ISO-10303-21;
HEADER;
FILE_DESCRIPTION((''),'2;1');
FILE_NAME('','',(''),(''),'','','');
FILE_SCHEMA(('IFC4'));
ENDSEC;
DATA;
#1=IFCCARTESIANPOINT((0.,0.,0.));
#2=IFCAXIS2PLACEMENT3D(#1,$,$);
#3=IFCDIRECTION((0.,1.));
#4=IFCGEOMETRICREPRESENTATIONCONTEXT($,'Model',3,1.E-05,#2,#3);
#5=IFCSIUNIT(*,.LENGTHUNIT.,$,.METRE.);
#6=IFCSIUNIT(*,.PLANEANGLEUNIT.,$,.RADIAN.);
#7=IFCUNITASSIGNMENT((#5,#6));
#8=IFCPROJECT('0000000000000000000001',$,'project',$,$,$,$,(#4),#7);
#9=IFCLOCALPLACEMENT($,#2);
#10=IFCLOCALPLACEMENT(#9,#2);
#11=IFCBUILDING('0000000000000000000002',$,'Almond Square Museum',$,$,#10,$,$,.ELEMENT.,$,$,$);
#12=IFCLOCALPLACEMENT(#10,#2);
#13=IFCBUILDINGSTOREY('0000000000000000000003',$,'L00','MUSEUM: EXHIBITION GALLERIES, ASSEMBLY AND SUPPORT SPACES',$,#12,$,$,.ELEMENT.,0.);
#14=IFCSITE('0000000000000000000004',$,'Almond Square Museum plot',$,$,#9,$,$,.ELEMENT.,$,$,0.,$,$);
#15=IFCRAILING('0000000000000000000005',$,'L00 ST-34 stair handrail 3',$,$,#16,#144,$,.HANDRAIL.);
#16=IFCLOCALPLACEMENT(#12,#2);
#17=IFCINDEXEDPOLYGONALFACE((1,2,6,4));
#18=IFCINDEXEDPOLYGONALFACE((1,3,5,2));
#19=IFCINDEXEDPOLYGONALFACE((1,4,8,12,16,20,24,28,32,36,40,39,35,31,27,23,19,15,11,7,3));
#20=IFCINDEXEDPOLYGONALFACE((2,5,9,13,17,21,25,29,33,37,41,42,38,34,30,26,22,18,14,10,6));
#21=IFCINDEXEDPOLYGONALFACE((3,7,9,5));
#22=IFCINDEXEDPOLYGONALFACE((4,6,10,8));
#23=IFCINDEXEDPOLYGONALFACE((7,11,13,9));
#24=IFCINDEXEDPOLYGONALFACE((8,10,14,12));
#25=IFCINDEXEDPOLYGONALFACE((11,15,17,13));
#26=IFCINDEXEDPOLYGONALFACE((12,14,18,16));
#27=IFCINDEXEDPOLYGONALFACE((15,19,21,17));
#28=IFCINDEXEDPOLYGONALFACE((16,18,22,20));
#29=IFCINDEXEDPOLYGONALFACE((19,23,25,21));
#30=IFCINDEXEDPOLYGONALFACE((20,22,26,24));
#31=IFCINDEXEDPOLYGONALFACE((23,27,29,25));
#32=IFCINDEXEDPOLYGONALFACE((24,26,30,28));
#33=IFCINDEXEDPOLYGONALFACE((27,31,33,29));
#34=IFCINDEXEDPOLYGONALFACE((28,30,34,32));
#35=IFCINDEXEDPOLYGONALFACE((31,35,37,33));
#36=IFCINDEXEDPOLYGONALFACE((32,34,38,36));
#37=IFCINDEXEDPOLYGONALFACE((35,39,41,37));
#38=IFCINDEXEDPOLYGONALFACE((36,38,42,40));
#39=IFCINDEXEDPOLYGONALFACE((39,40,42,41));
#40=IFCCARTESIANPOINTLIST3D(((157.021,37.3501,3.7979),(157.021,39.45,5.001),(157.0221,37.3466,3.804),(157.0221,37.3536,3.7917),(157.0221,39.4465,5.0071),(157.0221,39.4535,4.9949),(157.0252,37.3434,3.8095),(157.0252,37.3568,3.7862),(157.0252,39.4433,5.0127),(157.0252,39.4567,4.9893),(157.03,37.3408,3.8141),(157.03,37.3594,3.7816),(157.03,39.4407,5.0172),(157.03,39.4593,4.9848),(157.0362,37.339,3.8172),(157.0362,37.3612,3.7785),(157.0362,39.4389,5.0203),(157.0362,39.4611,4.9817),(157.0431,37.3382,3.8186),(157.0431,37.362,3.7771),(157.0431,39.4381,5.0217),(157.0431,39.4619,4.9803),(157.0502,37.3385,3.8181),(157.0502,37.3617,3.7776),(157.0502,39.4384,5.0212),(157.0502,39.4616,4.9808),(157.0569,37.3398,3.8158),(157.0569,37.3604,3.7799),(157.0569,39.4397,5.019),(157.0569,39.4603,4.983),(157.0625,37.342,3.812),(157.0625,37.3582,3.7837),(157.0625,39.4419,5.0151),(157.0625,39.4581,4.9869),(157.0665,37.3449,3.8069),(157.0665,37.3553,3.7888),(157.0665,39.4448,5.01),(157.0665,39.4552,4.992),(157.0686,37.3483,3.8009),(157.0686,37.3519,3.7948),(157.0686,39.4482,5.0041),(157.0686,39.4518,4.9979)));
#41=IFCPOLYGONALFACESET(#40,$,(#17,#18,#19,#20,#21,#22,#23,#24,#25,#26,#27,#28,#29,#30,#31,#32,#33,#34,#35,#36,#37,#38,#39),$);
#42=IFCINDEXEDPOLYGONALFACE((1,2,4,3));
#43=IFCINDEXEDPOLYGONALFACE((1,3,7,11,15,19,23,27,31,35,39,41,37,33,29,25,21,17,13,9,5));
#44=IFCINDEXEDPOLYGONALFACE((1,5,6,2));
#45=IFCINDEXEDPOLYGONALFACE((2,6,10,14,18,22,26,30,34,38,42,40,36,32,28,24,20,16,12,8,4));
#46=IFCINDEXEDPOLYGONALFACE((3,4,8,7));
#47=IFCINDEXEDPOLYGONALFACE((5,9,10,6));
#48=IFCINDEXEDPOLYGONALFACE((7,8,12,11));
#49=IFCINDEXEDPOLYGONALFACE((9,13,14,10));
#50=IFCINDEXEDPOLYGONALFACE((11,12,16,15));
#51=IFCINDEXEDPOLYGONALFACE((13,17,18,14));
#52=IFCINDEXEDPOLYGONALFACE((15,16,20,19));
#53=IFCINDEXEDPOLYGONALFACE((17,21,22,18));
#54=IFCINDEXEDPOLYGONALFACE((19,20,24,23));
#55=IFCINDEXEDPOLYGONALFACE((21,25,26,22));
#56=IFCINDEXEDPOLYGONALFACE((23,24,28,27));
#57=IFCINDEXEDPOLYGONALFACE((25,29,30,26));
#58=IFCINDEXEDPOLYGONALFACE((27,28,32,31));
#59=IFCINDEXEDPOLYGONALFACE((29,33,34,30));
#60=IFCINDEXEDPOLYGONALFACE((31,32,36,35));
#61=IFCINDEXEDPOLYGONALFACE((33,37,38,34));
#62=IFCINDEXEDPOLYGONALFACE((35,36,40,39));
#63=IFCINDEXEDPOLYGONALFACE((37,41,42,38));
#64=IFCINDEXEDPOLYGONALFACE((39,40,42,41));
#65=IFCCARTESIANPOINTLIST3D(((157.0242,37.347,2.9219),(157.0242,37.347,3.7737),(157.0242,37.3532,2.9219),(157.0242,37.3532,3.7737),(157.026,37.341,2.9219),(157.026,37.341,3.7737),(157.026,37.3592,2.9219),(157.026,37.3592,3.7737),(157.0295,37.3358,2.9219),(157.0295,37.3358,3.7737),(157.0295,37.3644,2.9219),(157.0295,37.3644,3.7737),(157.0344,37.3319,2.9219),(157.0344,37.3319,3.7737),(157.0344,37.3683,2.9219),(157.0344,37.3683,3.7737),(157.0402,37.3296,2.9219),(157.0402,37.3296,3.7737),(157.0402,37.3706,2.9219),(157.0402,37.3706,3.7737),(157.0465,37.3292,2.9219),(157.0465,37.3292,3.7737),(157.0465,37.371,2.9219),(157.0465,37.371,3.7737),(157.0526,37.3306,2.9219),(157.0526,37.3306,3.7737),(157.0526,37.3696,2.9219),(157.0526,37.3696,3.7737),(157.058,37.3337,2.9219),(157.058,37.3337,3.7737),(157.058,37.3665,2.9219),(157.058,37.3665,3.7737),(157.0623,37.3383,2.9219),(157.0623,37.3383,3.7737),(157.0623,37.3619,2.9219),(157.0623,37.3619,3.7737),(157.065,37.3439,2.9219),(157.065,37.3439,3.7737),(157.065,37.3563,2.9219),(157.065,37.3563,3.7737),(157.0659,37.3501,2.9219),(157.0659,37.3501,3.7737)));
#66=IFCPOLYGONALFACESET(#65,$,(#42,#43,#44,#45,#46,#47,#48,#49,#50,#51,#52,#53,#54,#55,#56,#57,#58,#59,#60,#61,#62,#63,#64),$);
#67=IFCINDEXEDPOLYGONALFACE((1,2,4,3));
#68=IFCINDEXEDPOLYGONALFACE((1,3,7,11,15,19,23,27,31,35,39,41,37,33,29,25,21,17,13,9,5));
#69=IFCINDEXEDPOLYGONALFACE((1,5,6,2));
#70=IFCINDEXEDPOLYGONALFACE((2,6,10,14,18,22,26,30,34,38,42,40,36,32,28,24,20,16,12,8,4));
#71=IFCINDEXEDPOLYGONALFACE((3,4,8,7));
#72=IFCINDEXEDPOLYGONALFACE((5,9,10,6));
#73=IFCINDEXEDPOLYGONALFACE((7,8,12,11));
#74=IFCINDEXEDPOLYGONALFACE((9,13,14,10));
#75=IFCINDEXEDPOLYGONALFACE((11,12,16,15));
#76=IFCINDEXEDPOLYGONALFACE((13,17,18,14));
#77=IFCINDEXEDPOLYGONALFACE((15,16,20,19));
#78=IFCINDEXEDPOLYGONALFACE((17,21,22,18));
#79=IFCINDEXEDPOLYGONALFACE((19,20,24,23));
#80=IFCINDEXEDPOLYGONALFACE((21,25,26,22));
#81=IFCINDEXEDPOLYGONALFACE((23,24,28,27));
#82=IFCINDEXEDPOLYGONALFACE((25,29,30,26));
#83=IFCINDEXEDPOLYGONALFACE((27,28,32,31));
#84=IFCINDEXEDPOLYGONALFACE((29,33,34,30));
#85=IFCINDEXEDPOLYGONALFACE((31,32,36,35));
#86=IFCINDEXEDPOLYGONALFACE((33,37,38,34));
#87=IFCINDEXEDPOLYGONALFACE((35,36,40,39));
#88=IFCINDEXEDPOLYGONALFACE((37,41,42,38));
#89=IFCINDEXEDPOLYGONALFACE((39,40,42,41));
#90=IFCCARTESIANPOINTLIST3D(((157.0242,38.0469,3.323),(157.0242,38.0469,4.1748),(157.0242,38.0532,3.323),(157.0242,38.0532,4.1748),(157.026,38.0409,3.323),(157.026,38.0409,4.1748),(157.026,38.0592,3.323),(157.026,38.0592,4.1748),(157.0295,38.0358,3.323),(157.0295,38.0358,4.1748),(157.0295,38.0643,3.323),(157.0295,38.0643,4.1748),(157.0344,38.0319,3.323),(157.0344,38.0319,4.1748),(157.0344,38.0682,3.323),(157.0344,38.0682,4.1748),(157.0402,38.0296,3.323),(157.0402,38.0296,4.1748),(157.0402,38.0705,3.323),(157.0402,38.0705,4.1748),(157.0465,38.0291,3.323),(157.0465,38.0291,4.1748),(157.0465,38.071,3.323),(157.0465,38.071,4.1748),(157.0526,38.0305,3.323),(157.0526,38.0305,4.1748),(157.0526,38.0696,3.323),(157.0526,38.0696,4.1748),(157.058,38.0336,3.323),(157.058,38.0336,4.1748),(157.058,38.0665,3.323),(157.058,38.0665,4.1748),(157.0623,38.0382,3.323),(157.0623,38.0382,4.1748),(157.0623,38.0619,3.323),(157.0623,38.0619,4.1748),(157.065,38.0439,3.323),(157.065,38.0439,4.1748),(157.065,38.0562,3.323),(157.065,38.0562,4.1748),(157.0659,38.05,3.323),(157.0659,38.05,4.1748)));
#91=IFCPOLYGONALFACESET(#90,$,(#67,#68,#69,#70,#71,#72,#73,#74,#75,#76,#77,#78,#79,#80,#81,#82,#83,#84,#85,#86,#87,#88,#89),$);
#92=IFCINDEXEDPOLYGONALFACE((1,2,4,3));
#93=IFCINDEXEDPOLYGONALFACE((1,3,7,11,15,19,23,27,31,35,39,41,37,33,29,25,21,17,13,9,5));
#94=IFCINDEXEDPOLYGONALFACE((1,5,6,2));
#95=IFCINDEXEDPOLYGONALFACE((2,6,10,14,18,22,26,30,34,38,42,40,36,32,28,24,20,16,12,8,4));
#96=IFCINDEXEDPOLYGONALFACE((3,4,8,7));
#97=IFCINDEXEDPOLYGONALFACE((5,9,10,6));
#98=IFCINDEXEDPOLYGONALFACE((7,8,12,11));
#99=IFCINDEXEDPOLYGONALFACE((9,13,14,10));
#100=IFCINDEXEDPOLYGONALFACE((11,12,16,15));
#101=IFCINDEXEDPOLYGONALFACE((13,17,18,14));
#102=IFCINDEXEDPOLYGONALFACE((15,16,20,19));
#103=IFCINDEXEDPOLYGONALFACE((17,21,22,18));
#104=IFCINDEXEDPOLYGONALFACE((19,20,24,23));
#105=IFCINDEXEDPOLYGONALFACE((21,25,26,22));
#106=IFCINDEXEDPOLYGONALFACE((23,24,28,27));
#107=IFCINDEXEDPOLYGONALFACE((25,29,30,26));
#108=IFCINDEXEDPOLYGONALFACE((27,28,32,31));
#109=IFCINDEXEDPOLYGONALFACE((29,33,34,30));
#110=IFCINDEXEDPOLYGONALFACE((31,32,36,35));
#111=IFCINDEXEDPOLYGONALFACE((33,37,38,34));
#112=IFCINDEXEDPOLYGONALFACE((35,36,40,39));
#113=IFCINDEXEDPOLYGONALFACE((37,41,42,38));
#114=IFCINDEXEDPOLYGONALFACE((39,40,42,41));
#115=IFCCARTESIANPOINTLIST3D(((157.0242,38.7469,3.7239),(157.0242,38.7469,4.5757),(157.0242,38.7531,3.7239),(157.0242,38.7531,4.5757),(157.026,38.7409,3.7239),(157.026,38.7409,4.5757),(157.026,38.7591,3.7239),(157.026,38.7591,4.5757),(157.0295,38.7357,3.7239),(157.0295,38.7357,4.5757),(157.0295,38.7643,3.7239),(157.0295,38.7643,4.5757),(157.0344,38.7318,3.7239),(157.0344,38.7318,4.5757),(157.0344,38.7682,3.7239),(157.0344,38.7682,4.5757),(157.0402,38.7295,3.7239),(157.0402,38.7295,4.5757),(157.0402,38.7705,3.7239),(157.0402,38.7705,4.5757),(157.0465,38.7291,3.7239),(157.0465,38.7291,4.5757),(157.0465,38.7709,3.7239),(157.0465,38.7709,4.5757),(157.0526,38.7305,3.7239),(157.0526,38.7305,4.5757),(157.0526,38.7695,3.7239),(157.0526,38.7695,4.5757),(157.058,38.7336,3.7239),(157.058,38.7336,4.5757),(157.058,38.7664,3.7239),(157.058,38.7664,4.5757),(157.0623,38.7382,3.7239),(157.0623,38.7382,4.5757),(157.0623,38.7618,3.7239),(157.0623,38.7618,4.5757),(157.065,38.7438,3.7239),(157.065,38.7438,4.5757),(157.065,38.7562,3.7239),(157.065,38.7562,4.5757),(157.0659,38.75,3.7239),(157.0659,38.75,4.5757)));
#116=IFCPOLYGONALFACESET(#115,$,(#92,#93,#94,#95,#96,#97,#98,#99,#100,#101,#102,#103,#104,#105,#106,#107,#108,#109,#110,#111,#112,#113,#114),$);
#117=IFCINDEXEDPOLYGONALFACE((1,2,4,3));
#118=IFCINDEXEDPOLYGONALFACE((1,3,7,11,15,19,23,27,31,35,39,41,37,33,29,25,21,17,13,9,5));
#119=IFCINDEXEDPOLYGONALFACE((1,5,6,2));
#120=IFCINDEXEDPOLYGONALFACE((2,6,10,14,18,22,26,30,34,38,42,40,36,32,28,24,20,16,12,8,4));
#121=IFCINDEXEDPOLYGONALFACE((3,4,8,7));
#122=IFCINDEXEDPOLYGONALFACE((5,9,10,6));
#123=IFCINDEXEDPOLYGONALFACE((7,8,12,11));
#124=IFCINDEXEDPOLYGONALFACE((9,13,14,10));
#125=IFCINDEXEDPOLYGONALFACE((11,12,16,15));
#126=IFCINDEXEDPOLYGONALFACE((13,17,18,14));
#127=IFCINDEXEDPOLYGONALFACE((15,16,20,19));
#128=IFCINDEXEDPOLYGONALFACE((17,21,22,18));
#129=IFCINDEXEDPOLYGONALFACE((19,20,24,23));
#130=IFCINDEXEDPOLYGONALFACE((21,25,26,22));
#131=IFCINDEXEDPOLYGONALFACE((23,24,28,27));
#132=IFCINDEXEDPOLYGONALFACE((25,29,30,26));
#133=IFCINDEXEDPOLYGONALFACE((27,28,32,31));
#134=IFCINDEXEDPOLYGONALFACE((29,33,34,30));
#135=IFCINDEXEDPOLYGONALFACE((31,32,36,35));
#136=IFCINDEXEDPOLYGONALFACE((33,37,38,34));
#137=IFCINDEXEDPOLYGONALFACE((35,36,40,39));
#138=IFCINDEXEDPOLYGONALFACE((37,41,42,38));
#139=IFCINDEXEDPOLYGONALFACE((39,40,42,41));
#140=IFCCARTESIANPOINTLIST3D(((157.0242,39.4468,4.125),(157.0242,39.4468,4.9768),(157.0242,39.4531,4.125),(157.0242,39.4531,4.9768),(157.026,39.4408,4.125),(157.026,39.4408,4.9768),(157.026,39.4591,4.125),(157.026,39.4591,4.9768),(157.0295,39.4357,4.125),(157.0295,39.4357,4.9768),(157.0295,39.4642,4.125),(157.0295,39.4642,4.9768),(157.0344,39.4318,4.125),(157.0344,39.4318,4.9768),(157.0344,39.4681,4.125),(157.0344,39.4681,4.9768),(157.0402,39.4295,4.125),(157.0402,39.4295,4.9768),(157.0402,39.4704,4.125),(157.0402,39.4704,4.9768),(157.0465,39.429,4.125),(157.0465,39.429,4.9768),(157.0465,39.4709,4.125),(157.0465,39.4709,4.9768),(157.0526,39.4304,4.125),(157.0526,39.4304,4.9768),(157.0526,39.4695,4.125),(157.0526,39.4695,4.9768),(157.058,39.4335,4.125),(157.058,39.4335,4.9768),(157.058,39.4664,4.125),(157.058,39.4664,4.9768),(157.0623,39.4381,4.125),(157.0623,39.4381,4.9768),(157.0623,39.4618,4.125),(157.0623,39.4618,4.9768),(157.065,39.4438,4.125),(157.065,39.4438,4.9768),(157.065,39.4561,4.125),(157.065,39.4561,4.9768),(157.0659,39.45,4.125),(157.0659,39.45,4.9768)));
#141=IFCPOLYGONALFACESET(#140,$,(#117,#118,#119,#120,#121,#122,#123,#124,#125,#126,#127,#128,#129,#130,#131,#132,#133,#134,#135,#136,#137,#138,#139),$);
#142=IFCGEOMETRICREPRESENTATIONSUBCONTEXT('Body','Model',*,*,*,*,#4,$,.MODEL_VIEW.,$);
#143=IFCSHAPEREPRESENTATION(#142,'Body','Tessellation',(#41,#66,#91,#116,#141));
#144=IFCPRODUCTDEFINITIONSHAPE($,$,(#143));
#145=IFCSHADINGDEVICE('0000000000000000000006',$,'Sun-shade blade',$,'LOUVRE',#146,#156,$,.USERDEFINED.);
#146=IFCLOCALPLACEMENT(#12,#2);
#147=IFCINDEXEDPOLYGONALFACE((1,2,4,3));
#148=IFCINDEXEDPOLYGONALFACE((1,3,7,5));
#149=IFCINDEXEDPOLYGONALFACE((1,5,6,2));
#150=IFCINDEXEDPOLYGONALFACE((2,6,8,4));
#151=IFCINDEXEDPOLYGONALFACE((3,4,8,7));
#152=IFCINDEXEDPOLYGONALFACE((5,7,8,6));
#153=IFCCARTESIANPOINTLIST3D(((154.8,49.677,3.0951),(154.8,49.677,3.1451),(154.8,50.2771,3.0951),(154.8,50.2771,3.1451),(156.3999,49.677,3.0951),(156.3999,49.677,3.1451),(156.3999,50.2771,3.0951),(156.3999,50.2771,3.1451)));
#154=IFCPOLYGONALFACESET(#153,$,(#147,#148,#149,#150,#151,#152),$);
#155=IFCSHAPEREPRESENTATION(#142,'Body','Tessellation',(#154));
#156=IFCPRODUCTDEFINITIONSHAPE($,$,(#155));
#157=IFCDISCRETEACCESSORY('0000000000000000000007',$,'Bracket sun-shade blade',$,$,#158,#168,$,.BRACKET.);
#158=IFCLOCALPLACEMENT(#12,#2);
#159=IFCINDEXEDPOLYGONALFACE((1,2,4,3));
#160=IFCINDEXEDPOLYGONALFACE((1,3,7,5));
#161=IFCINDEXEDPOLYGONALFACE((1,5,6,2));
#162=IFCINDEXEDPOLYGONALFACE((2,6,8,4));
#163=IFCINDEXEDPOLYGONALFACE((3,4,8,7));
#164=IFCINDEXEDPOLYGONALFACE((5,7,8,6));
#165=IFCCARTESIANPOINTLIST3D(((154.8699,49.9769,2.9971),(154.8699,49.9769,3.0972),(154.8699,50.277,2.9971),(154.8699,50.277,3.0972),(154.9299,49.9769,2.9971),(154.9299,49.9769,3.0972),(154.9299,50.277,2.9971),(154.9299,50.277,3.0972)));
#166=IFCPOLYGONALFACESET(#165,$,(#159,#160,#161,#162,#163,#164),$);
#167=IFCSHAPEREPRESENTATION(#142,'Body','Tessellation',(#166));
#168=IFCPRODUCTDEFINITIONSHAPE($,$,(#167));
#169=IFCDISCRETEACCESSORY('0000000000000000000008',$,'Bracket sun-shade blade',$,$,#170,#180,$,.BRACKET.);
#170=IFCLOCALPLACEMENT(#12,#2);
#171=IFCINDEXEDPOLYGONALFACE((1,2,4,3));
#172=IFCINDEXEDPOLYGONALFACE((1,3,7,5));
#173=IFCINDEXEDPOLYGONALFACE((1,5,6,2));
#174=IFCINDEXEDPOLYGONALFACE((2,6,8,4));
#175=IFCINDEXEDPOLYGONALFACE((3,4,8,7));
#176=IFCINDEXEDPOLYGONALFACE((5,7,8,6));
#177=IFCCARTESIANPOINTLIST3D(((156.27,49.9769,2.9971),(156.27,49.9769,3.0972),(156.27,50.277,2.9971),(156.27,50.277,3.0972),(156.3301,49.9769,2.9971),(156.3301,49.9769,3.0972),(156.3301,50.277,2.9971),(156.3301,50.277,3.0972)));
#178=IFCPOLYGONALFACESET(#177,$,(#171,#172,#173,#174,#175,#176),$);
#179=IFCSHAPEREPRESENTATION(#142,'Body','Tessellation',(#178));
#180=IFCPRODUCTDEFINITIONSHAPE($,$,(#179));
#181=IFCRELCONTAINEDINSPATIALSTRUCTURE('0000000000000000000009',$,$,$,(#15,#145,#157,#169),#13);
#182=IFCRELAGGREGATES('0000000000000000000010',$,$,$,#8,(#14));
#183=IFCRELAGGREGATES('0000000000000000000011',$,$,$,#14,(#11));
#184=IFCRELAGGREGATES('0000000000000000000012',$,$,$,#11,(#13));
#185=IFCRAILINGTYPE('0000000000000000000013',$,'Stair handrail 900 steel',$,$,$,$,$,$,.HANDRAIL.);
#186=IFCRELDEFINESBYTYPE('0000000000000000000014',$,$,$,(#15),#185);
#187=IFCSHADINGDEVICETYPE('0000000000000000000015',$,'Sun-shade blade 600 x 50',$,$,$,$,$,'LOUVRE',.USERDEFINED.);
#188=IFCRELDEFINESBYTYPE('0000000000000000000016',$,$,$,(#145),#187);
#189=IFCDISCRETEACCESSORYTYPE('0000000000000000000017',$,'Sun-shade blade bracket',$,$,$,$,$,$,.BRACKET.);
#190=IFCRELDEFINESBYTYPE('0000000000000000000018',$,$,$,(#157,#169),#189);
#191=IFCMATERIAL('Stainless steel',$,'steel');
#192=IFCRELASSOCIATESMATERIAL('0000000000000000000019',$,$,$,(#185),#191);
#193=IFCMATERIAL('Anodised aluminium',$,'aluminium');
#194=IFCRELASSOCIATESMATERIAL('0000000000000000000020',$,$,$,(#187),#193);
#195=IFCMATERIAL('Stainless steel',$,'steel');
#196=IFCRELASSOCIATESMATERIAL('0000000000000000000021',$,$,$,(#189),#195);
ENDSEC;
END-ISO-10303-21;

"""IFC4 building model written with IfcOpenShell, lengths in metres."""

from ifc_helpers import new_model, si_unit, direction, frame, origin, origin_2d, place, context, subcontext, project, spatial, rectangle, circle, extrude, material, material_profile, profile_set, type_object, element, save


model = new_model("IFC4")

# Units and contexts
model_context = context("Model", 3, precision=1e-05, world=origin(), true_north=direction((0.0, 1.0)))
body_context = subcontext(model_context, "Body", "Model", "MODEL_VIEW")
ifc_project = project(units=[si_unit("LENGTHUNIT", "METRE"), si_unit("PLANEANGLEUNIT", "RADIAN")], contexts=[model_context])

# Site, building, storey
site_placement = place(None, origin())
site = spatial("IfcSite", under=ifc_project, at=site_placement, Name="Almond Square Museum plot", CompositionType="ELEMENT", RefElevation=0.0)
building_placement = place(site_placement, origin())
building = spatial("IfcBuilding", under=site, at=building_placement, Name="Almond Square Museum", CompositionType="ELEMENT")
storey_placement = place(building_placement, origin())
storey = spatial("IfcBuildingStorey", under=building, at=storey_placement, Name="L00", Description="MUSEUM: EXHIBITION GALLERIES, ASSEMBLY AND SUPPORT SPACES", CompositionType="ELEMENT", Elevation=0.0)

# Railing
ifc_material_1 = material(Name="Stainless steel", Category="steel")
railing_type_1 = type_object("IfcRailingType", Name="Stair handrail 900 steel", PredefinedType="HANDRAIL", material=ifc_material_1)
railing_1_placement = place(storey_placement, frame((157.0449, 37.3501, 2.9219)))
element("IfcRailing", 1, at=railing_1_placement, inside=storey, type_object=railing_type_1, Name="L00 ST-34 stair handrail 3", PredefinedType="HANDRAIL", context=body_context, shape_type="SweptSolid", body=[
    extrude(circle(Radius=0.0239, at=origin_2d()), frame((0.0, 0.0, 0.876), z_axis=(0.0, 0.867671, 0.497138), x_axis=(-1.0, 0.0, 0.0)), (0.0, 0.0, 1.0), 2.4202),
    extrude(circle(Radius=0.021, at=origin_2d()), origin(), (0.0, 0.0, 1.0), 0.8518),
    extrude(circle(Radius=0.021, at=origin_2d()), frame((0.0, 0.7, 0.4011)), (0.0, 0.0, 1.0), 0.8518),
    extrude(circle(Radius=0.021, at=origin_2d()), frame((0.0, 1.3999, 0.802)), (0.0, 0.0, 1.0), 0.8518),
    extrude(circle(Radius=0.021, at=origin_2d()), frame((0.0, 2.0999, 1.2031)), (0.0, 0.0, 1.0), 0.8518),
])

# Shading device
ifc_material_2 = material(Name="Anodised aluminium", Category="aluminium")
ifc_material_profile_1 = material_profile(ifc_material_2, rectangle(XDim=0.6001, YDim=0.05, at=origin_2d()))
ifc_profile_set_1 = profile_set([ifc_material_profile_1], Name="Anodised aluminium")
shading_device_type = type_object("IfcShadingDeviceType", Name="Sun-shade blade 600 x 50", ElementType="LOUVRE", PredefinedType="USERDEFINED", material=ifc_profile_set_1)
shading_device_placement = place(storey_placement, frame((154.8, 49.9771, 3.1201), z_axis=(1.0, 0.0, 0.0), x_axis=(0.0, 1.0, 0.0)))
element("IfcShadingDevice", 2, at=shading_device_placement, inside=storey, type_object=shading_device_type, Name="Sun-shade blade", ObjectType="LOUVRE", PredefinedType="USERDEFINED", context=body_context, shape_type="SweptSolid", body=[
    extrude(rectangle(XDim=0.6001, YDim=0.05, at=origin_2d()), origin(), (0.0, 0.0, 1.0), 1.5999),
])

# Discrete accessories
ifc_material_3 = material(Name="Stainless steel", Category="steel")
discrete_accessory_type = type_object("IfcDiscreteAccessoryType", Name="Sun-shade blade bracket", PredefinedType="BRACKET", material=ifc_material_3)
for number, where, z_axis, x_axis, name in (
    (3, (154.8999, 50.127, 2.9971), (0.0, 0.0, 1.0), (1.0, 0.0, 0.0), "Bracket sun-shade blade"),
    (4, (156.3, 50.127, 2.9971), (0.0, 0.0, 1.0), (1.0, 0.0, 0.0), "Bracket sun-shade blade"),
):
    element("IfcDiscreteAccessory", number, at=place(storey_placement, frame(where, z_axis=z_axis, x_axis=x_axis)), inside=storey, type_object=discrete_accessory_type, Name=name, PredefinedType="BRACKET", context=body_context, shape_type="SweptSolid", body=[
        extrude(rectangle(XDim=0.0601, YDim=0.3, at=origin_2d()), origin(), (0.0, 0.0, 1.0), 0.1001),
    ])

save(model, "model.ifc")
